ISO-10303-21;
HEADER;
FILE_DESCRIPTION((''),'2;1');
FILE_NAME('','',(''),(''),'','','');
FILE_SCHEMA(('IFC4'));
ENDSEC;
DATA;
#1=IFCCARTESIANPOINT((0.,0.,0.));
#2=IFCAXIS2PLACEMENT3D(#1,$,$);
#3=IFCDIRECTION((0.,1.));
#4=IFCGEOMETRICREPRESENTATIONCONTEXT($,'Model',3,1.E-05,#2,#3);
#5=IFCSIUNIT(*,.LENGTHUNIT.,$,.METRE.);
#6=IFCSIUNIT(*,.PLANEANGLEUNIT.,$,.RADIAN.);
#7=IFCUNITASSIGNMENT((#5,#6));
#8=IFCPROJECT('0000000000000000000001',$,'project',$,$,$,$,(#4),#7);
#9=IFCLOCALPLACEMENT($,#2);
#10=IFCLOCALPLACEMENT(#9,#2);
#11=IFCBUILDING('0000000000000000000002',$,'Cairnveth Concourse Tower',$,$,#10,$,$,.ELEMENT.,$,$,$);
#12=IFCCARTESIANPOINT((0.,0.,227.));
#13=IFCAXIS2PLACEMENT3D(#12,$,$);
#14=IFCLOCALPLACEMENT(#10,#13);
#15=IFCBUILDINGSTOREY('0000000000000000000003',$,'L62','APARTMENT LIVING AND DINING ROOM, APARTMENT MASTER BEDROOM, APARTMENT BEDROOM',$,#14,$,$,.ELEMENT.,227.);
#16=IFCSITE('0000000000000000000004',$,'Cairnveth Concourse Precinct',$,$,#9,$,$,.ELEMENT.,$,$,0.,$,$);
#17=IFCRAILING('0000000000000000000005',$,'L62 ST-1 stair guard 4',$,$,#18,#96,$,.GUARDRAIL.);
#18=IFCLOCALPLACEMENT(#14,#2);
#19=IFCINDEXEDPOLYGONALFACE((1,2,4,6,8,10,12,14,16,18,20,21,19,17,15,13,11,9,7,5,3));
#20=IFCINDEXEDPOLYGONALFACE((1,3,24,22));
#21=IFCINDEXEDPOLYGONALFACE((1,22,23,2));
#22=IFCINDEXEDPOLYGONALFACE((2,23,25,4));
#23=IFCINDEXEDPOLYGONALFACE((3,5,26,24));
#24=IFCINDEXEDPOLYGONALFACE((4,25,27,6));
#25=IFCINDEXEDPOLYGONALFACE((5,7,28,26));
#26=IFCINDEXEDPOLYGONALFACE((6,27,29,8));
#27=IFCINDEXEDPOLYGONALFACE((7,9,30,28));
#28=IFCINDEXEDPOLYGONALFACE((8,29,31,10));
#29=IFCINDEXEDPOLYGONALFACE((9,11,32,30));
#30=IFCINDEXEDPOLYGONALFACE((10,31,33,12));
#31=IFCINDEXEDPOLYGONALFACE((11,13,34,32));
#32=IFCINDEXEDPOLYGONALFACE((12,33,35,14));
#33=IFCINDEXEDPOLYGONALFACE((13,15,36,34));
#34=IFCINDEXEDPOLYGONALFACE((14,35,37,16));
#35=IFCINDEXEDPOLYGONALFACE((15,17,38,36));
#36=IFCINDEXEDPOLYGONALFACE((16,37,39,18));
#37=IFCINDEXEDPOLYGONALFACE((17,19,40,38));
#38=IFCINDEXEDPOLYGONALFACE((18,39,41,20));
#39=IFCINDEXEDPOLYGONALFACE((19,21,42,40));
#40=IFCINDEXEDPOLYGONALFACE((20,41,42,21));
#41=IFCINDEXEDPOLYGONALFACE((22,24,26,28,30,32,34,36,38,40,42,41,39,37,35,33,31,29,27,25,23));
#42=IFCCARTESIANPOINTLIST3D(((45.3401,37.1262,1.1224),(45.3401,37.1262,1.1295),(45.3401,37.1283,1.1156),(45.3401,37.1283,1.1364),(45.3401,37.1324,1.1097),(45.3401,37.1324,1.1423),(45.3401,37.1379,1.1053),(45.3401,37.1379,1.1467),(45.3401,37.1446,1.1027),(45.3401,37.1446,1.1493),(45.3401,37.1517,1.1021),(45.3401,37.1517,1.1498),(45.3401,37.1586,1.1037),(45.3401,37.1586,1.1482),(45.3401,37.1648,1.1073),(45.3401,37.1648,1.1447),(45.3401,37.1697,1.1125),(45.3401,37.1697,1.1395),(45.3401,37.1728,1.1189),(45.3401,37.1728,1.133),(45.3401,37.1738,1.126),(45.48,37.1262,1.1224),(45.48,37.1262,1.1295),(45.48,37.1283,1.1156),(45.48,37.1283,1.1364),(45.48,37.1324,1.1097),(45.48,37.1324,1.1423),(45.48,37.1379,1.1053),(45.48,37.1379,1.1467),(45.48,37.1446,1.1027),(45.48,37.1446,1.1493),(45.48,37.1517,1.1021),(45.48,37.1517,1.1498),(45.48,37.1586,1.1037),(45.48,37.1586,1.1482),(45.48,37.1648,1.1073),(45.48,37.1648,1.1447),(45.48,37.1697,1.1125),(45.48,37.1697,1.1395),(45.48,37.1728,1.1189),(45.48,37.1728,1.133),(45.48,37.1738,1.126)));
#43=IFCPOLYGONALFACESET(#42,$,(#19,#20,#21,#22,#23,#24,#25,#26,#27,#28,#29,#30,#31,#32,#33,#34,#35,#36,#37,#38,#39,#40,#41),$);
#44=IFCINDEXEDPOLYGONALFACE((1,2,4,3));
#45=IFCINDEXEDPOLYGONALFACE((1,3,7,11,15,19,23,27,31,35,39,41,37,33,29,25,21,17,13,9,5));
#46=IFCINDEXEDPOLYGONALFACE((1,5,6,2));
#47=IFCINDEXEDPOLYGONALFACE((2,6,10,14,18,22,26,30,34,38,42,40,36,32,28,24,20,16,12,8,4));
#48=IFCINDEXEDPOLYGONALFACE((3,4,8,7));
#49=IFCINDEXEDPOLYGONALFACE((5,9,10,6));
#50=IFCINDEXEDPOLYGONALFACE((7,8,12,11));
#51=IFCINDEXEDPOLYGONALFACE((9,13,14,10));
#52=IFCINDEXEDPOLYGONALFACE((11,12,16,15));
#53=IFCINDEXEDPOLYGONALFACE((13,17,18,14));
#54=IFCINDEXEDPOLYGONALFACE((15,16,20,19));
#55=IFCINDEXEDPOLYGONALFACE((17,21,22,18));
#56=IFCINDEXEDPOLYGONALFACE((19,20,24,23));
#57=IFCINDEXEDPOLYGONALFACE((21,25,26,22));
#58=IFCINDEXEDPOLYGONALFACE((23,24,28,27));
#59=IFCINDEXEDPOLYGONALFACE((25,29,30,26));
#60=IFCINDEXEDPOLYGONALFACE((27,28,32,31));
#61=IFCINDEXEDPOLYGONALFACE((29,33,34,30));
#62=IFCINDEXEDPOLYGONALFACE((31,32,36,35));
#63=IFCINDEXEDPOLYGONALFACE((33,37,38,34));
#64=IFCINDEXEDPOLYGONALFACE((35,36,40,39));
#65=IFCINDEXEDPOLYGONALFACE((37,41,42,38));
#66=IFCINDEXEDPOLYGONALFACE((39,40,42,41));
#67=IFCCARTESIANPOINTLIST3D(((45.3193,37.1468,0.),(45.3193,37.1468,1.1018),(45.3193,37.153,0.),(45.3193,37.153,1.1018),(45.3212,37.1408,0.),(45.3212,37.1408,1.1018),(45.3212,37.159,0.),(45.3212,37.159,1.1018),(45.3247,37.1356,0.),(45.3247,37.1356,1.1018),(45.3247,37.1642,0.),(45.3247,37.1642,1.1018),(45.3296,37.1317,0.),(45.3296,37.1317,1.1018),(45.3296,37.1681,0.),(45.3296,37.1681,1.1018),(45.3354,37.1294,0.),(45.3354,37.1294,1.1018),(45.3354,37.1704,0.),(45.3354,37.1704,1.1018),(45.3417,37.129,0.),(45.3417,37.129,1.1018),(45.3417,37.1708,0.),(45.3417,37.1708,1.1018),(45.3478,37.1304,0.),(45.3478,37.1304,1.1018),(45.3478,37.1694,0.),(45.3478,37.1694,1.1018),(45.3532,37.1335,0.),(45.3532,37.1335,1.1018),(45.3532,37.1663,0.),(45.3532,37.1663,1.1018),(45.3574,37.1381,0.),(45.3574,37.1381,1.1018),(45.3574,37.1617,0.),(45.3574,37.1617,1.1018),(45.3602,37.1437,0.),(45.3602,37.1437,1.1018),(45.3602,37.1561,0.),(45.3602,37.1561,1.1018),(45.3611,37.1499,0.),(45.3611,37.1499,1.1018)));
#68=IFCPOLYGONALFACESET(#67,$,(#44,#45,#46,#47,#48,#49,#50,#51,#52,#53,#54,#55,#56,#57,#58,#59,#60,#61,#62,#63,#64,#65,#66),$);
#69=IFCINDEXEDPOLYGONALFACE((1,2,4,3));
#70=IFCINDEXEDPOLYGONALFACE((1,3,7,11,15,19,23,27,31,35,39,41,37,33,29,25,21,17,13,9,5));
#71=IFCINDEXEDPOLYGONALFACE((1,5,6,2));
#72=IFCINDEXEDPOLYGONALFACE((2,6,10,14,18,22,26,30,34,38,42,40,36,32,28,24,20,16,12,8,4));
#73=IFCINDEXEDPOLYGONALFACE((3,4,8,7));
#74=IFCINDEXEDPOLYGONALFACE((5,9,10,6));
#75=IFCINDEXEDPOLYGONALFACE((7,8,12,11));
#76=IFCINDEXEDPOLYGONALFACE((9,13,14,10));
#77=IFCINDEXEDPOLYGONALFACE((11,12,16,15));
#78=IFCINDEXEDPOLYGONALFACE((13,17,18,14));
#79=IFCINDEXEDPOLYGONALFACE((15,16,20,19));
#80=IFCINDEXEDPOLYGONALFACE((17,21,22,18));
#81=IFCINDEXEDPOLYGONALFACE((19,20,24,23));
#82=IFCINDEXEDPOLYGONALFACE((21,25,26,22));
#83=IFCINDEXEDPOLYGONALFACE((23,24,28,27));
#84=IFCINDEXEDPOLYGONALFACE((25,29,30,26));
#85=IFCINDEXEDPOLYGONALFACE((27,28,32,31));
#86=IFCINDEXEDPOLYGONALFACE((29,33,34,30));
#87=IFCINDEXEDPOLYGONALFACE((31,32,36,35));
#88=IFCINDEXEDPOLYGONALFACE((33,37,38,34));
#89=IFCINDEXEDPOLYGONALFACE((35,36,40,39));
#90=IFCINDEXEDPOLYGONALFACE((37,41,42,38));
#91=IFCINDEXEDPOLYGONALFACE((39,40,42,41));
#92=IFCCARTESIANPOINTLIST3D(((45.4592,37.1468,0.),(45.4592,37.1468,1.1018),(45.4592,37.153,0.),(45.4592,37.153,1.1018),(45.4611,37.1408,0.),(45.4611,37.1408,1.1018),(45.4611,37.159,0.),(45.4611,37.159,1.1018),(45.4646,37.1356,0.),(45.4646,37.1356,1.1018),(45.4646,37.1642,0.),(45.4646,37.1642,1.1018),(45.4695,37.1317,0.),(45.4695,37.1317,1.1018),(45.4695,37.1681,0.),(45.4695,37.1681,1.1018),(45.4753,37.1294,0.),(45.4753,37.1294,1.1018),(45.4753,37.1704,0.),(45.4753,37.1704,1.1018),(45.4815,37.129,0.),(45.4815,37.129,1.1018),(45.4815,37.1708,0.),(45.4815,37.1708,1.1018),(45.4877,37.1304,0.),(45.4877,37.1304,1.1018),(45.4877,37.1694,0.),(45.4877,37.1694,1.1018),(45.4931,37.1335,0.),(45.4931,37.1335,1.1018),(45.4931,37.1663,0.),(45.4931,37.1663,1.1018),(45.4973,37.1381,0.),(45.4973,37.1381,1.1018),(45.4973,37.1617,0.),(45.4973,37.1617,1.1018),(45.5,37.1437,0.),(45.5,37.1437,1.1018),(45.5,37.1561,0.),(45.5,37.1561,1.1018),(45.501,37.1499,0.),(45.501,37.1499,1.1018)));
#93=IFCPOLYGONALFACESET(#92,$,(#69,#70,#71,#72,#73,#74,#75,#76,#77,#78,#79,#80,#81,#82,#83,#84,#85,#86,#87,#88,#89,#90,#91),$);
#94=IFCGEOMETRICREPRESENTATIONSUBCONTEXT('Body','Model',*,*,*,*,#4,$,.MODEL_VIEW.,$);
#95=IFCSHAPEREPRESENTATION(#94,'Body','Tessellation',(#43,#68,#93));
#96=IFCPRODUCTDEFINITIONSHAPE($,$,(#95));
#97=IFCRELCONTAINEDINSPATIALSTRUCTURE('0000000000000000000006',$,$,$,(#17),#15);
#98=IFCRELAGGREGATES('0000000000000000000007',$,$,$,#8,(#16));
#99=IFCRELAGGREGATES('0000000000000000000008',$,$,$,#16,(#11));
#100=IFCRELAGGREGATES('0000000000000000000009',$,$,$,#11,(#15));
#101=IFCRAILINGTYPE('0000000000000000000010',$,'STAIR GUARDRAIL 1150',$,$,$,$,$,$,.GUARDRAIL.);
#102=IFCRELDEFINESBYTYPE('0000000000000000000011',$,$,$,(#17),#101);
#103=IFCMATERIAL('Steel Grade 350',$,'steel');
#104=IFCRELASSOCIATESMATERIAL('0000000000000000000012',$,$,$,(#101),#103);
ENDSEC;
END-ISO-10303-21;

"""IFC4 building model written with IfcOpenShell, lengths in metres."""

from ifc_helpers import new_model, si_unit, direction, frame, origin, origin_2d, place, context, subcontext, project, spatial, circle, extrude, material, type_object, element, save


model = new_model("IFC4")

# Units and contexts
model_context = context("Model", 3, precision=1e-05, world=origin(), true_north=direction((0.0, 1.0)))
body_context = subcontext(model_context, "Body", "Model", "MODEL_VIEW")
ifc_project = project(units=[si_unit("LENGTHUNIT", "METRE"), si_unit("PLANEANGLEUNIT", "RADIAN")], contexts=[model_context])

# Site, building, storey
site_placement = place(None, origin())
site = spatial("IfcSite", under=ifc_project, at=site_placement, Name="Cairnveth Concourse Precinct", CompositionType="ELEMENT", RefElevation=0.0)
building_placement = place(site_placement, origin())
building = spatial("IfcBuilding", under=site, at=building_placement, Name="Cairnveth Concourse Tower", CompositionType="ELEMENT")
storey_placement = place(building_placement, frame((0.0, 0.0, 227.0)))
storey = spatial("IfcBuildingStorey", under=building, at=storey_placement, Name="L62", Description="APARTMENT LIVING AND DINING ROOM, APARTMENT MASTER BEDROOM, APARTMENT BEDROOM", CompositionType="ELEMENT", Elevation=227.0)

# Shared definitions
ifc_material_1 = material(Name="Steel Grade 350", Category="steel")

# Railing
railing_type_1 = type_object("IfcRailingType", Name="STAIR GUARDRAIL 1150", PredefinedType="GUARDRAIL", material=ifc_material_1)
railing_1_placement = place(storey_placement, frame((45.3401, 37.1499, 0.0)))
element("IfcRailing", 1, at=railing_1_placement, inside=storey, type_object=railing_type_1, Name="L62 ST-1 stair guard 4", PredefinedType="GUARDRAIL", context=body_context, shape_type="SweptSolid", body=[
    extrude(circle(Radius=0.0239, at=origin_2d()), frame((0.0, 0.0, 1.126), z_axis=(1.0, 0.0, 0.0), x_axis=(0.0, 1.0, 0.0)), (0.0, 0.0, 1.0), 0.1399),
    extrude(circle(Radius=0.021, at=origin_2d()), origin(), (0.0, 0.0, 1.0), 1.1018),
    extrude(circle(Radius=0.021, at=origin_2d()), frame((0.1399, 0.0, 0.0)), (0.0, 0.0, 1.0), 1.1018),
])

save(model, "model.ifc")
